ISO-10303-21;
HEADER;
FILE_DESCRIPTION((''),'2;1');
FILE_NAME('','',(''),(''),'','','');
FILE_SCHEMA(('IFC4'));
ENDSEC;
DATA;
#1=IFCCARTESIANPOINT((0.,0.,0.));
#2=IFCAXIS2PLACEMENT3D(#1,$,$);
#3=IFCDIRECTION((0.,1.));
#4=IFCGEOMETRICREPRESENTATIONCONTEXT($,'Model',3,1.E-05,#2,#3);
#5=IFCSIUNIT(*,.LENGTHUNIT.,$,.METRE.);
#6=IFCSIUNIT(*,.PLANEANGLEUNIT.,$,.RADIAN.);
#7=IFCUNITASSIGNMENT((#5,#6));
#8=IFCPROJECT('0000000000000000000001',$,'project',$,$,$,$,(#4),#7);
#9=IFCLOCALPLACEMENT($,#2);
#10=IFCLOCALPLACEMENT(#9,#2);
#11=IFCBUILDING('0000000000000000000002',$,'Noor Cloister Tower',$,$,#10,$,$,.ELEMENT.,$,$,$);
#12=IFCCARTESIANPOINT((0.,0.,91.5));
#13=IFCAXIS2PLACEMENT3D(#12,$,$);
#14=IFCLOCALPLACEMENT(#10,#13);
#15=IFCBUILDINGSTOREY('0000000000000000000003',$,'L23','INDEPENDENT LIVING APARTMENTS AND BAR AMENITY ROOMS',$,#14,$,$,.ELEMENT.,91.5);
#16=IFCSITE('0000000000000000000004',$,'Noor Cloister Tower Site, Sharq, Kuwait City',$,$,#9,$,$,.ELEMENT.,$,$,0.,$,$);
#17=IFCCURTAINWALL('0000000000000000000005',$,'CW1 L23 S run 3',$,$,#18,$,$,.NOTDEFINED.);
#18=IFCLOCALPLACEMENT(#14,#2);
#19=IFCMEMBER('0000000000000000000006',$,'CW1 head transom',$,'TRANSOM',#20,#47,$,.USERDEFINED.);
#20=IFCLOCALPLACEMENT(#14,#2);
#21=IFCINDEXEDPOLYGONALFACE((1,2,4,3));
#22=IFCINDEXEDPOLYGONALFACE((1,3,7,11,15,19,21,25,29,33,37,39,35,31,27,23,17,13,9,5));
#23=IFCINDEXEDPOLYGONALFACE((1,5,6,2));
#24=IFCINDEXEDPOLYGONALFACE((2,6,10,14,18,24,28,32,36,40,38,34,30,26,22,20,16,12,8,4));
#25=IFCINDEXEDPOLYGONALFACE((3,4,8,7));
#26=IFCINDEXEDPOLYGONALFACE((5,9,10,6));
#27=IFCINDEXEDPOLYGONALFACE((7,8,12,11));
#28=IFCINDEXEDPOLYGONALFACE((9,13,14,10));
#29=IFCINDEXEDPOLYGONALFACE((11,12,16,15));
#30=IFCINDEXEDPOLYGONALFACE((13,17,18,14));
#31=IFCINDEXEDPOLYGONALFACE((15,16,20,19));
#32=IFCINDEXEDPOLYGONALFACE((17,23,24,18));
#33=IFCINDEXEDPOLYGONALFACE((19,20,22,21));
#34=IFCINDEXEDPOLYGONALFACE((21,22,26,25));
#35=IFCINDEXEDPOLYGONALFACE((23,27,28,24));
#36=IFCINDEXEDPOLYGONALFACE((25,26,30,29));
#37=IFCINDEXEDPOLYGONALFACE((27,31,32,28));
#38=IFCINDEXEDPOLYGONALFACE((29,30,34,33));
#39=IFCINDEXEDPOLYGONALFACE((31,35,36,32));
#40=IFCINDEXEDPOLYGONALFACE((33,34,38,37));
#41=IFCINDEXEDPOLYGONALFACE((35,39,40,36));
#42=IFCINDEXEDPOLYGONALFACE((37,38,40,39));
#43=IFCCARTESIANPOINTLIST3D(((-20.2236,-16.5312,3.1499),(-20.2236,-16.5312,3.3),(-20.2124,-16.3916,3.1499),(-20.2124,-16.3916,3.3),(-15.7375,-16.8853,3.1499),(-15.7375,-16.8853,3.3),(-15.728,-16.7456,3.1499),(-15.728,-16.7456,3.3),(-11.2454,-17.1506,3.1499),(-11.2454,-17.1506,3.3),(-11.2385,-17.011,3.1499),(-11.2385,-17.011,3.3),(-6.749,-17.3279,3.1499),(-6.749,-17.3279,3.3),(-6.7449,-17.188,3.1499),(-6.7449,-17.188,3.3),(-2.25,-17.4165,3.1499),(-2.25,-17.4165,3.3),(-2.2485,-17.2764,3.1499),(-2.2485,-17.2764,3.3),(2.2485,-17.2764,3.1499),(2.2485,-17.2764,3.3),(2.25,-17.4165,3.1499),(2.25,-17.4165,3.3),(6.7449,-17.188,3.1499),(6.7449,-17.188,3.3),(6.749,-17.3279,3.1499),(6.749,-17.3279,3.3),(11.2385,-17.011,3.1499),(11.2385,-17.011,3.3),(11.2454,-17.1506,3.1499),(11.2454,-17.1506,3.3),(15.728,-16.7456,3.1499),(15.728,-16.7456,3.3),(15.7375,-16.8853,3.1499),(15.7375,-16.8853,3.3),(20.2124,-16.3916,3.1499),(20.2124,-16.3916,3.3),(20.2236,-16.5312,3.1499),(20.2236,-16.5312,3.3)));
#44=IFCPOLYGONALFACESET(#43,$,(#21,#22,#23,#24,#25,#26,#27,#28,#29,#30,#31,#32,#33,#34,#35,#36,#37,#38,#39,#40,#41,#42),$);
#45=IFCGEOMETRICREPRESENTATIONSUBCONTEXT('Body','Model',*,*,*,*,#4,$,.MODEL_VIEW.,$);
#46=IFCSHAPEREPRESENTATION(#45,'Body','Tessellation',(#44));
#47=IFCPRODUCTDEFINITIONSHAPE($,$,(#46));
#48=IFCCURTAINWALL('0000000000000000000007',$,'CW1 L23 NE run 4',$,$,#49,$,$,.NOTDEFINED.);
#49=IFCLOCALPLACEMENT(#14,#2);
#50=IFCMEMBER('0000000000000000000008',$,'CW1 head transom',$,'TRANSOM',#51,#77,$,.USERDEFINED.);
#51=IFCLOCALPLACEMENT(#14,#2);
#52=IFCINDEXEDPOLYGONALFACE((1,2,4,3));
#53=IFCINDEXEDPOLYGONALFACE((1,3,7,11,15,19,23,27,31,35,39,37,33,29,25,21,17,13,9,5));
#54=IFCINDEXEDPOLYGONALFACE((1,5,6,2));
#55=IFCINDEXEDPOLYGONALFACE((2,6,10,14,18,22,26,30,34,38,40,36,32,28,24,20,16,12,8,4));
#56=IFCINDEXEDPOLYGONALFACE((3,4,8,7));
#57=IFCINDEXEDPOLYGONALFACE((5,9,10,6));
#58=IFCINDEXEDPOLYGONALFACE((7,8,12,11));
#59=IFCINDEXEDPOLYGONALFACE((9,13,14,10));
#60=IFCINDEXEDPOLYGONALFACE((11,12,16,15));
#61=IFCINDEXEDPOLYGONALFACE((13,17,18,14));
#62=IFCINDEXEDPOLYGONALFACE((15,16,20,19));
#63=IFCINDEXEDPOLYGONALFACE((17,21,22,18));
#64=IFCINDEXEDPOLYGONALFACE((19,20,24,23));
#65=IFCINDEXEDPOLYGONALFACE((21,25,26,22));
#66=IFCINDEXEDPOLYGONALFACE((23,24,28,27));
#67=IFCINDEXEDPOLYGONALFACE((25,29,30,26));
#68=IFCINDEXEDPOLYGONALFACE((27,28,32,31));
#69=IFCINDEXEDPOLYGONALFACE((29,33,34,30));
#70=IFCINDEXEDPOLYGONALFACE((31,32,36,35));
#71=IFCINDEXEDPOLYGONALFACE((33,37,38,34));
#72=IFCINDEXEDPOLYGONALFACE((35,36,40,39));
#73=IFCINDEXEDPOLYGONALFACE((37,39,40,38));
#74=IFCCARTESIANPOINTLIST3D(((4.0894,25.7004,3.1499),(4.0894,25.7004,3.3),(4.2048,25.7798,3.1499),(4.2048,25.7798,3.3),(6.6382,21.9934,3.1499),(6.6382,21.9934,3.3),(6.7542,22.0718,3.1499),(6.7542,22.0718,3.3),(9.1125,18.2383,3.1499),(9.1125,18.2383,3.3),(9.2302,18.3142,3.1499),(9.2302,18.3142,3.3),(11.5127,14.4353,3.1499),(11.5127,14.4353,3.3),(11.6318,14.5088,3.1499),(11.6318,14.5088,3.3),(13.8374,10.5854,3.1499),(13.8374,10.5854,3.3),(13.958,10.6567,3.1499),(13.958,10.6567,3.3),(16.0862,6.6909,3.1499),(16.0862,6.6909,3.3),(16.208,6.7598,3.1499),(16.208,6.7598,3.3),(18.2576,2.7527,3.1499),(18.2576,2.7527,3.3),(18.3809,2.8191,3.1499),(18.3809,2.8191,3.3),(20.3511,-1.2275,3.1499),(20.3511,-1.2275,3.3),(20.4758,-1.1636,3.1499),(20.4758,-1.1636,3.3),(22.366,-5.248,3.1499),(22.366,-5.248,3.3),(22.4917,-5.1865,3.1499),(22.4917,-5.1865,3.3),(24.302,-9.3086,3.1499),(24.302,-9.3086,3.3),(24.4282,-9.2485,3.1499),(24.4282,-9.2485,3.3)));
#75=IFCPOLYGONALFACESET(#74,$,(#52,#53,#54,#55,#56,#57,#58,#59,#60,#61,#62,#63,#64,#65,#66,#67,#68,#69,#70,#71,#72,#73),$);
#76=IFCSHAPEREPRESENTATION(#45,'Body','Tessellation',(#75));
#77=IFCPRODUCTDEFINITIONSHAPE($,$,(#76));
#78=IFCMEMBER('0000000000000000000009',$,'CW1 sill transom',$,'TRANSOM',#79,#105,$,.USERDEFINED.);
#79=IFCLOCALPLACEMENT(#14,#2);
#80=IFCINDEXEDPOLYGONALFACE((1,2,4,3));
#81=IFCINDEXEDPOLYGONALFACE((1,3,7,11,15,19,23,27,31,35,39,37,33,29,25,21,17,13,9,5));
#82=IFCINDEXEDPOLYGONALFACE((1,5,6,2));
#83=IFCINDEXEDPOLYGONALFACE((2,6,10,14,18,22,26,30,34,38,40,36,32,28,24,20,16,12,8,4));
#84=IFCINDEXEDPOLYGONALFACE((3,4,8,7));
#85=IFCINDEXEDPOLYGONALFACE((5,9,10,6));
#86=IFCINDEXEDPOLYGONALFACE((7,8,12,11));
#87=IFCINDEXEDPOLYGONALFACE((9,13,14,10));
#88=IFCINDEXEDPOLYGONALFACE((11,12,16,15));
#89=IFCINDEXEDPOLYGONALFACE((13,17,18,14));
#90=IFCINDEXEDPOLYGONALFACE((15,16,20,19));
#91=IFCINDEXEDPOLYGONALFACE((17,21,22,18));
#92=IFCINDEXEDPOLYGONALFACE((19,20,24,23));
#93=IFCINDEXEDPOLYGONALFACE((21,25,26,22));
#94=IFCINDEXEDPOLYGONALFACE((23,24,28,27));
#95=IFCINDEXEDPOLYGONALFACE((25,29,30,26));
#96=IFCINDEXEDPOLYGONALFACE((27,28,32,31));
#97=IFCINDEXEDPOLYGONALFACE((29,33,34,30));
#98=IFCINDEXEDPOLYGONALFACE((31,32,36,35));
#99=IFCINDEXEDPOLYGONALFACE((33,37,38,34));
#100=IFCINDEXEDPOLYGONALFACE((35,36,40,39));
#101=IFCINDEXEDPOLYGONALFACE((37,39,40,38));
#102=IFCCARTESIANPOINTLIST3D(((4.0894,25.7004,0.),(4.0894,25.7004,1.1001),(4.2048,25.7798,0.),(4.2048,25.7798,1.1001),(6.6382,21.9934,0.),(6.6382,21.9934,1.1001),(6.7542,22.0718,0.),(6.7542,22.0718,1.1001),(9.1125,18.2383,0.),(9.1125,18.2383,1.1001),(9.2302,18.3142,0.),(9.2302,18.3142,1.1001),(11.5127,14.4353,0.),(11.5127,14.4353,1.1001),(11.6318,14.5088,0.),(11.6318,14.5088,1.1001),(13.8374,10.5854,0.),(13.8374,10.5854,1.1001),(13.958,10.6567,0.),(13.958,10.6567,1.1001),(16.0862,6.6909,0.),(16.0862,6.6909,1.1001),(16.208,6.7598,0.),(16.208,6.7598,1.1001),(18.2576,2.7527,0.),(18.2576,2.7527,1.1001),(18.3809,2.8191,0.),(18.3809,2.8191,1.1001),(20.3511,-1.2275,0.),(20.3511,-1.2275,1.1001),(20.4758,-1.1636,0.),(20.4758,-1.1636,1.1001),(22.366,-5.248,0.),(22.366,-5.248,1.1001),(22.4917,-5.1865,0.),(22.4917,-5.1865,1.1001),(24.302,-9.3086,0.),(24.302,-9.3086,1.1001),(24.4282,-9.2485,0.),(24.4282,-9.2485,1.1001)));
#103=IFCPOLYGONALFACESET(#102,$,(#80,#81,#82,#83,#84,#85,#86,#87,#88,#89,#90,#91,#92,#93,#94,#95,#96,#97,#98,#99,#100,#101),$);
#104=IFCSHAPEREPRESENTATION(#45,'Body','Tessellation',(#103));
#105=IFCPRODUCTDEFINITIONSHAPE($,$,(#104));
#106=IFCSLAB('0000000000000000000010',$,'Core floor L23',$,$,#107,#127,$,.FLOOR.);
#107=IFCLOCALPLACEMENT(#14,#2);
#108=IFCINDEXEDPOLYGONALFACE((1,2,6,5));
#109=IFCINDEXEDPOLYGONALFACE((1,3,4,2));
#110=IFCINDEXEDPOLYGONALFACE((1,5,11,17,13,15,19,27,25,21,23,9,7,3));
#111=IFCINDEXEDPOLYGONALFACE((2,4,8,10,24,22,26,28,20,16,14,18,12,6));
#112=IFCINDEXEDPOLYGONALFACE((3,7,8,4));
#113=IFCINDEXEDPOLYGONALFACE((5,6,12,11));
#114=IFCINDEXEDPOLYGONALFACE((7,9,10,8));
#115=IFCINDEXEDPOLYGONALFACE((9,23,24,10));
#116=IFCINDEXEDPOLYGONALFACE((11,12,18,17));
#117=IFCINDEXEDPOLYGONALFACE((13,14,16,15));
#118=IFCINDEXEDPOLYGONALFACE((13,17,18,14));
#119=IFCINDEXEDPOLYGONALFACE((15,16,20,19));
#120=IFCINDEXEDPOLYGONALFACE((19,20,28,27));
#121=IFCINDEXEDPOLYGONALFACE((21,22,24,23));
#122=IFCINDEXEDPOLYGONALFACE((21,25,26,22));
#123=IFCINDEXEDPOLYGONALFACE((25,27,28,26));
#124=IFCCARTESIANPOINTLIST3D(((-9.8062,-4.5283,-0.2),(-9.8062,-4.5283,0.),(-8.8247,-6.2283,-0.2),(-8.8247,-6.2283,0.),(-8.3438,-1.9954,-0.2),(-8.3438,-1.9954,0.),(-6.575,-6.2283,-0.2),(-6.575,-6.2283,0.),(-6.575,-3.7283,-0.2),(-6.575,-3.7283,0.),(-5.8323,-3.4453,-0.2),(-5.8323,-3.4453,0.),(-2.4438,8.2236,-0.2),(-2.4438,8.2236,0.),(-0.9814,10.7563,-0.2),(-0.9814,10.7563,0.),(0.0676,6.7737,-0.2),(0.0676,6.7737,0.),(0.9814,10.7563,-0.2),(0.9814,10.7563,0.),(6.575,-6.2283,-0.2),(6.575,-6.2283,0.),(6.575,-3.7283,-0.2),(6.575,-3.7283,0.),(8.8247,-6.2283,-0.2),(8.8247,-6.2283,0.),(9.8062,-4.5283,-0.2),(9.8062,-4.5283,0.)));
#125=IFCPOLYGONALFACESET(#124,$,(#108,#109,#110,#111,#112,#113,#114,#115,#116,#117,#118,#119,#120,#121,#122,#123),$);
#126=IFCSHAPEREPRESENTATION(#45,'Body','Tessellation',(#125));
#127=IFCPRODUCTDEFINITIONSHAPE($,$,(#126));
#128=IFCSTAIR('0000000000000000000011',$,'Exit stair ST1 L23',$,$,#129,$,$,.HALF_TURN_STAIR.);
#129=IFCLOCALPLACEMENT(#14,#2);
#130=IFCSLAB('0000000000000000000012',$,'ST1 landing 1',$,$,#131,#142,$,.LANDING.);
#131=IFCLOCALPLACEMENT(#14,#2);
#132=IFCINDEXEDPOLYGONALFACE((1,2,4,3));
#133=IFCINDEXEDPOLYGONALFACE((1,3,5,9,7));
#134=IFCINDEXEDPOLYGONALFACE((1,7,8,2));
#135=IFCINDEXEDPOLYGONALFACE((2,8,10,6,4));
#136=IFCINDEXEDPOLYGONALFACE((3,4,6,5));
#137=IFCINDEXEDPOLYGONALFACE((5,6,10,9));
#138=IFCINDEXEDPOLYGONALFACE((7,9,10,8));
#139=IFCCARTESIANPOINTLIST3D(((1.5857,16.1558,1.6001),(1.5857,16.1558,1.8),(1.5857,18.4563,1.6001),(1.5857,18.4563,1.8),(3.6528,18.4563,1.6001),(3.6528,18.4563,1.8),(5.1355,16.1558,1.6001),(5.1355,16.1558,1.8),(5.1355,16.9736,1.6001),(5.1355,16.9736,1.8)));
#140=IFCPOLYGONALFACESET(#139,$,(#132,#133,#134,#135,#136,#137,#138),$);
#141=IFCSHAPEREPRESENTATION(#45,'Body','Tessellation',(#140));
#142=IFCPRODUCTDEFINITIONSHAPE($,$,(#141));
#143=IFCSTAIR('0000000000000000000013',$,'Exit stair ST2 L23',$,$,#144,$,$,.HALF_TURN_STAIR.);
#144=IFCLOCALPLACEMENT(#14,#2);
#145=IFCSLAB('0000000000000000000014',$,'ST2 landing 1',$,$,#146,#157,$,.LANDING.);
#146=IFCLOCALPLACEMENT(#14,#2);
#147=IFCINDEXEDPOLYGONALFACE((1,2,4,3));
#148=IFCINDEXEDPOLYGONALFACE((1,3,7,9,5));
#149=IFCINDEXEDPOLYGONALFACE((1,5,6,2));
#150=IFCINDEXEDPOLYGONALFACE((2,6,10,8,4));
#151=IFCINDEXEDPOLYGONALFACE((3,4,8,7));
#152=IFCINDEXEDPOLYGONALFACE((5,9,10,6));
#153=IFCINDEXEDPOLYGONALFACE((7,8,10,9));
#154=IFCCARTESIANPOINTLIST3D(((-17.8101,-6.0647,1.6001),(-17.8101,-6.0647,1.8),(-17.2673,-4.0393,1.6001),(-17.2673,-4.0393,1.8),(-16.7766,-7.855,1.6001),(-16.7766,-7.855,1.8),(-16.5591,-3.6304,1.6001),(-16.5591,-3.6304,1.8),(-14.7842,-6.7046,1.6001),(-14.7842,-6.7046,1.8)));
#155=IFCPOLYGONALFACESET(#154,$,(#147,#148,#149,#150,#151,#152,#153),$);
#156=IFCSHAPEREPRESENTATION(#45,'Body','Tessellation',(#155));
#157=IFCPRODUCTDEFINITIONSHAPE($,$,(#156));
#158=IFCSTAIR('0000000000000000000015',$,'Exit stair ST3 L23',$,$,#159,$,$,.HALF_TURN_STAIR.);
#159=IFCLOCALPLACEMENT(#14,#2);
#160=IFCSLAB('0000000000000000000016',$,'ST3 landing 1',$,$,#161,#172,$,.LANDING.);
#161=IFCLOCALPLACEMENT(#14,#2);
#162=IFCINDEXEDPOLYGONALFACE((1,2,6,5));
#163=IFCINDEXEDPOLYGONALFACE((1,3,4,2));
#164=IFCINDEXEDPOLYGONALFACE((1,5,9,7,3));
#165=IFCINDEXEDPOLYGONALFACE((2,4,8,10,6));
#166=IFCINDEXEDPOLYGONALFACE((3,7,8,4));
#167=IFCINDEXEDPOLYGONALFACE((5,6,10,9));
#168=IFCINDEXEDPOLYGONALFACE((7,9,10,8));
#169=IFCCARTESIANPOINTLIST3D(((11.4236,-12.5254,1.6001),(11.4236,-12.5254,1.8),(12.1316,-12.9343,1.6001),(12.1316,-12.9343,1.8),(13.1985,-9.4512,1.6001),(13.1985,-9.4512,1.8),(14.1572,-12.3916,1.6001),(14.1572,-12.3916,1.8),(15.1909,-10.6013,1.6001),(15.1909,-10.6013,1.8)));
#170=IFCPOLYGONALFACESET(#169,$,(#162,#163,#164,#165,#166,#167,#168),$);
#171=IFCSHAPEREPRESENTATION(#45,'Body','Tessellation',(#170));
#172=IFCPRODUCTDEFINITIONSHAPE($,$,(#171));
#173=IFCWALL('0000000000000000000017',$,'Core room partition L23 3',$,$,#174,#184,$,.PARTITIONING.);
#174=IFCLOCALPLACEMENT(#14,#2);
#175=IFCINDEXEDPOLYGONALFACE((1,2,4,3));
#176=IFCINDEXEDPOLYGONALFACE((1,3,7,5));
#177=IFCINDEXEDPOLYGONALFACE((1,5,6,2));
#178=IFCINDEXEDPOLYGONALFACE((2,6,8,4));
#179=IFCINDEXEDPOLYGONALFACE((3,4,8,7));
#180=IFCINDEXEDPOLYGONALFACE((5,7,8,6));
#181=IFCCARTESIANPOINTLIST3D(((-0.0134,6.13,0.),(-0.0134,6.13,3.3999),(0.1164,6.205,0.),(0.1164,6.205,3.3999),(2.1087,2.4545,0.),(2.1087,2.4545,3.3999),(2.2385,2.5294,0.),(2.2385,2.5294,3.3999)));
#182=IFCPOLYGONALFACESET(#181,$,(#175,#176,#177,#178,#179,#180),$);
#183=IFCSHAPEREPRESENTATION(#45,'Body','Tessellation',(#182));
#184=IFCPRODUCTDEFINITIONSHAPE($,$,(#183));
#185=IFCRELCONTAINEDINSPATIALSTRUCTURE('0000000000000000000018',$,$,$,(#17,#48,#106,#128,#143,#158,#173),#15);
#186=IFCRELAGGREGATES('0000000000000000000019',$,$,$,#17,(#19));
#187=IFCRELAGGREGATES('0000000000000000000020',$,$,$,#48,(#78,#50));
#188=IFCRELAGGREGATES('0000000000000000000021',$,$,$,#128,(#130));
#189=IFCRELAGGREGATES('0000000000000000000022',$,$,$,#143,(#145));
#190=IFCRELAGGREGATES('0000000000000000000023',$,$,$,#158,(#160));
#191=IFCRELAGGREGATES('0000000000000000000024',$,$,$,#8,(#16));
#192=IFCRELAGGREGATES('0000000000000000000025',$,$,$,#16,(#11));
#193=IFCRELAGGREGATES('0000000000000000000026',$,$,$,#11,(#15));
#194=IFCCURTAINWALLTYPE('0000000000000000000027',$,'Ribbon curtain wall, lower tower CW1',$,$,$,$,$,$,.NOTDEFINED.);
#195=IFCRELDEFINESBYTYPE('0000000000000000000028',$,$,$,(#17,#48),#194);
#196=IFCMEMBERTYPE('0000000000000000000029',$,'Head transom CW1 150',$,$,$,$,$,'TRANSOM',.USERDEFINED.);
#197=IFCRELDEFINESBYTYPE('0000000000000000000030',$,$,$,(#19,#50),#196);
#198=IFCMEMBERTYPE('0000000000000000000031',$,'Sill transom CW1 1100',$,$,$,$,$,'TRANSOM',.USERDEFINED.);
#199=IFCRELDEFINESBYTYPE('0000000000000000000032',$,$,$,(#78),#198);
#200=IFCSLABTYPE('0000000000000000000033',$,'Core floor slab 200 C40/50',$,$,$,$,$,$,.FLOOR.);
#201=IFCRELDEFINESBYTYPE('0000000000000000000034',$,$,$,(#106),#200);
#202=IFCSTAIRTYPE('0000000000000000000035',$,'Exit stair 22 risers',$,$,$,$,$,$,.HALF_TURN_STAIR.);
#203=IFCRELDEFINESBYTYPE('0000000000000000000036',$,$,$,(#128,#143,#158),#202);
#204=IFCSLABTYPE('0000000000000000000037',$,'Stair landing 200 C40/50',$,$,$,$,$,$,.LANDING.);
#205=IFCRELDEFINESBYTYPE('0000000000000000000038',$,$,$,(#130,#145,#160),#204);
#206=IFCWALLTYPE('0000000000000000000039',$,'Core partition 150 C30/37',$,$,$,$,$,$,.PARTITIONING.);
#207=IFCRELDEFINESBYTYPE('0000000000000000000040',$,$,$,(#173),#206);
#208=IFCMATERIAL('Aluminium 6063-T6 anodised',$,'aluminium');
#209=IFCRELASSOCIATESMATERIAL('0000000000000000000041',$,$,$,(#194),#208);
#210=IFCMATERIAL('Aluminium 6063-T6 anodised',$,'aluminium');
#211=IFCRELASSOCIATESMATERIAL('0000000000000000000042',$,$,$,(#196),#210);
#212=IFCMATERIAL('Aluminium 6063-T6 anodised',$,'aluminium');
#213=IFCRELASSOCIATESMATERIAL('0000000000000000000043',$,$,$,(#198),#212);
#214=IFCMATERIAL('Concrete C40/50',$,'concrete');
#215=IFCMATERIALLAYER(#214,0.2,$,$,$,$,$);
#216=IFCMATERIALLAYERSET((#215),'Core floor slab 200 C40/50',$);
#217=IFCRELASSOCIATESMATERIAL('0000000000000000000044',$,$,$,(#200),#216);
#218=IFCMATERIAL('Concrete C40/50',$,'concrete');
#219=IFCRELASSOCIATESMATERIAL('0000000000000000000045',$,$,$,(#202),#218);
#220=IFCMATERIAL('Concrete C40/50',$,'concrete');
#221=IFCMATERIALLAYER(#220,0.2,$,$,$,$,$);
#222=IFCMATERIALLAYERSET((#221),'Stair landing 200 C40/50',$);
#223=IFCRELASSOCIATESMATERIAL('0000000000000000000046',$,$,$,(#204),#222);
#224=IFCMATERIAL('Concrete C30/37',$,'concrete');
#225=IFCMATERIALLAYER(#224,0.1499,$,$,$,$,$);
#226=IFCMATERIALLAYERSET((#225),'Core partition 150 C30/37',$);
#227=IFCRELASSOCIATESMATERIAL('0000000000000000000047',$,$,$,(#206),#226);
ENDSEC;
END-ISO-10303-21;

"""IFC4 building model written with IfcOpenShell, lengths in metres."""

from ifc_helpers import new_model, si_unit, direction, frame, frame_2d, origin, place, context, subcontext, project, spatial, polyline, rectangle, outline, extrude, material, layer, layer_set, type_object, element, aggregate, save


model = new_model("IFC4")

# Units and contexts
model_context = context("Model", 3, precision=1e-05, world=origin(), true_north=direction((0.0, 1.0)))
body_context = subcontext(model_context, "Body", "Model", "MODEL_VIEW")
ifc_project = project(units=[si_unit("LENGTHUNIT", "METRE"), si_unit("PLANEANGLEUNIT", "RADIAN")], contexts=[model_context])

# Site, building, storey
site_placement = place(None, origin())
site = spatial("IfcSite", under=ifc_project, at=site_placement, Name="Noor Cloister Tower Site, Sharq, Kuwait City", CompositionType="ELEMENT", RefElevation=0.0)
building_placement = place(site_placement, origin())
building = spatial("IfcBuilding", under=site, at=building_placement, Name="Noor Cloister Tower", CompositionType="ELEMENT")
storey_placement = place(building_placement, frame((0.0, 0.0, 91.5)))
storey = spatial("IfcBuildingStorey", under=building, at=storey_placement, Name="L23", Description="INDEPENDENT LIVING APARTMENTS AND BAR AMENITY ROOMS", CompositionType="ELEMENT", Elevation=91.5)

# Curtain wall, member
ifc_material_1 = material(Name="Aluminium 6063-T6 anodised", Category="aluminium")
curtain_wall_type = type_object("IfcCurtainWallType", Name="Ribbon curtain wall, lower tower CW1", PredefinedType="NOTDEFINED", material=ifc_material_1)
curtain_wall_1_placement = place(storey_placement, origin())
curtain_wall_1 = element("IfcCurtainWall", 1, at=curtain_wall_1_placement, inside=storey, type_object=curtain_wall_type, Name="CW1 L23 S run 3", PredefinedType="NOTDEFINED")
ifc_material_2 = material(Name="Aluminium 6063-T6 anodised", Category="aluminium")
member_type_1 = type_object("IfcMemberType", Name="Head transom CW1 150", ElementType="TRANSOM", PredefinedType="USERDEFINED", material=ifc_material_2)
member_1_placement = place(storey_placement, frame((0.0, 0.0, 3.1499)))
member_1 = element("IfcMember", 2, at=member_1_placement, type_object=member_type_1, Name="CW1 head transom", ObjectType="TRANSOM", PredefinedType="USERDEFINED", context=body_context, shape_type="SweptSolid", body=[
    extrude(outline(polyline([(-20.2236, -16.5312), (-15.7375, -16.8853), (-11.2454, -17.1506), (-6.749, -17.3279), (-2.25, -17.4165), (2.25, -17.4165), (6.749, -17.3279), (11.2454, -17.1506), (15.7375, -16.8853), (20.2236, -16.5312), (20.2124, -16.3916), (15.728, -16.7456), (11.2385, -17.011), (6.7449, -17.188), (2.2485, -17.2764), (-2.2485, -17.2764), (-6.7449, -17.188), (-11.2385, -17.011), (-15.728, -16.7456), (-20.2124, -16.3916), (-20.2236, -16.5312)])), origin(), (0.0, 0.0, 1.0), 0.1501),
])
aggregate(curtain_wall_1, [member_1])

# Curtain wall, members
curtain_wall_2_placement = place(storey_placement, origin())
curtain_wall_2 = element("IfcCurtainWall", 3, at=curtain_wall_2_placement, inside=storey, type_object=curtain_wall_type, Name="CW1 L23 NE run 4", PredefinedType="NOTDEFINED")
member_2_placement = place(storey_placement, frame((0.0, 0.0, 3.1499)))
member_2 = element("IfcMember", 4, at=member_2_placement, type_object=member_type_1, Name="CW1 head transom", ObjectType="TRANSOM", PredefinedType="USERDEFINED", context=body_context, shape_type="SweptSolid", body=[
    extrude(outline(polyline([(24.4282, -9.2485), (22.4917, -5.1865), (20.4758, -1.1636), (18.3809, 2.8191), (16.208, 6.7598), (13.958, 10.6567), (11.6318, 14.5088), (9.2302, 18.3142), (6.7542, 22.0718), (4.2048, 25.7798), (4.0894, 25.7004), (6.6382, 21.9934), (9.1125, 18.2383), (11.5127, 14.4353), (13.8374, 10.5854), (16.0862, 6.6909), (18.2576, 2.7527), (20.3511, -1.2275), (22.366, -5.248), (24.302, -9.3086), (24.4282, -9.2485)])), origin(), (0.0, 0.0, 1.0), 0.1501),
])
ifc_material_3 = material(Name="Aluminium 6063-T6 anodised", Category="aluminium")
member_type_2 = type_object("IfcMemberType", Name="Sill transom CW1 1100", ElementType="TRANSOM", PredefinedType="USERDEFINED", material=ifc_material_3)
member_3_placement = place(storey_placement, origin())
member_3 = element("IfcMember", 5, at=member_3_placement, type_object=member_type_2, Name="CW1 sill transom", ObjectType="TRANSOM", PredefinedType="USERDEFINED", context=body_context, shape_type="SweptSolid", body=[
    extrude(outline(polyline([(24.4282, -9.2485), (22.4917, -5.1865), (20.4758, -1.1636), (18.3809, 2.8191), (16.208, 6.7598), (13.958, 10.6567), (11.6318, 14.5088), (9.2302, 18.3142), (6.7542, 22.0718), (4.2048, 25.7798), (4.0894, 25.7004), (6.6382, 21.9934), (9.1125, 18.2383), (11.5127, 14.4353), (13.8374, 10.5854), (16.0862, 6.6909), (18.2576, 2.7527), (20.3511, -1.2275), (22.366, -5.248), (24.302, -9.3086), (24.4282, -9.2485)])), origin(), (0.0, 0.0, 1.0), 1.1001),
])
aggregate(curtain_wall_2, [member_3, member_2])

# Slab
ifc_material_4 = material(Name="Concrete C40/50", Category="concrete")
ifc_layer_1 = layer(ifc_material_4, 0.2)
ifc_layer_set_1 = layer_set([ifc_layer_1], Name="Core floor slab 200 C40/50")
slab_type_1 = type_object("IfcSlabType", Name="Core floor slab 200 C40/50", PredefinedType="FLOOR", material=ifc_layer_set_1)
slab_1_placement = place(storey_placement, frame((0.0, 0.0, -0.2)))
element("IfcSlab", 6, at=slab_1_placement, inside=storey, type_object=slab_type_1, Name="Core floor L23", PredefinedType="FLOOR", context=body_context, shape_type="SweptSolid", body=[
    extrude(outline(polyline([(-6.575, -6.2283), (-6.575, -3.7283), (6.575, -3.7283), (6.575, -6.2283), (8.8247, -6.2283), (9.8062, -4.5283), (0.9814, 10.7563), (-0.9814, 10.7563), (-2.4438, 8.2236), (0.0676, 6.7737), (-5.8323, -3.4453), (-8.3438, -1.9954), (-9.8062, -4.5283), (-8.8247, -6.2283), (-6.575, -6.2283)])), origin(), (0.0, 0.0, 1.0), 0.2),
])

# Stairs, slabs
ifc_material_5 = material(Name="Concrete C40/50", Category="concrete")
stair_type = type_object("IfcStairType", Name="Exit stair 22 risers", PredefinedType="HALF_TURN_STAIR", material=ifc_material_5)
stair_1_placement = place(storey_placement, origin())
stair_1 = element("IfcStair", 7, at=stair_1_placement, inside=storey, type_object=stair_type, Name="Exit stair ST1 L23", PredefinedType="HALF_TURN_STAIR")
ifc_material_6 = material(Name="Concrete C40/50", Category="concrete")
ifc_layer_2 = layer(ifc_material_6, 0.2)
ifc_layer_set_2 = layer_set([ifc_layer_2], Name="Stair landing 200 C40/50")
slab_type_2 = type_object("IfcSlabType", Name="Stair landing 200 C40/50", PredefinedType="LANDING", material=ifc_layer_set_2)
slab_2_placement = place(storey_placement, frame((0.0, 0.0, 1.6001)))
slab_2 = element("IfcSlab", 8, at=slab_2_placement, type_object=slab_type_2, Name="ST1 landing 1", PredefinedType="LANDING", context=body_context, shape_type="SweptSolid", body=[
    extrude(outline(polyline([(5.1355, 16.1558), (5.1355, 16.9736), (3.6528, 18.4563), (1.5857, 18.4563), (1.5857, 16.1558), (5.1355, 16.1558)])), origin(), (0.0, 0.0, 1.0), 0.2),
])
aggregate(stair_1, [slab_2])
stair_2_placement = place(storey_placement, origin())
stair_2 = element("IfcStair", 9, at=stair_2_placement, inside=storey, type_object=stair_type, Name="Exit stair ST2 L23", PredefinedType="HALF_TURN_STAIR")
slab_3_placement = place(storey_placement, frame((0.0, 0.0, 1.6001)))
slab_3 = element("IfcSlab", 10, at=slab_3_placement, type_object=slab_type_2, Name="ST2 landing 1", PredefinedType="LANDING", context=body_context, shape_type="SweptSolid", body=[
    extrude(outline(polyline([(-16.5591, -3.6304), (-17.2673, -4.0393), (-17.8101, -6.0647), (-16.7766, -7.855), (-14.7842, -6.7046), (-16.5591, -3.6304)])), origin(), (0.0, 0.0, 1.0), 0.2),
])
aggregate(stair_2, [slab_3])
stair_3_placement = place(storey_placement, origin())
stair_3 = element("IfcStair", 11, at=stair_3_placement, inside=storey, type_object=stair_type, Name="Exit stair ST3 L23", PredefinedType="HALF_TURN_STAIR")
slab_4_placement = place(storey_placement, frame((0.0, 0.0, 1.6001)))
slab_4 = element("IfcSlab", 12, at=slab_4_placement, type_object=slab_type_2, Name="ST3 landing 1", PredefinedType="LANDING", context=body_context, shape_type="SweptSolid", body=[
    extrude(outline(polyline([(11.4236, -12.5254), (12.1316, -12.9343), (14.1572, -12.3916), (15.1909, -10.6013), (13.1985, -9.4512), (11.4236, -12.5254)])), origin(), (0.0, 0.0, 1.0), 0.2),
])
aggregate(stair_3, [slab_4])

# Wall
ifc_material_7 = material(Name="Concrete C30/37", Category="concrete")
ifc_layer_3 = layer(ifc_material_7, 0.1499)
ifc_layer_set_3 = layer_set([ifc_layer_3], Name="Core partition 150 C30/37")
wall_type_1 = type_object("IfcWallType", Name="Core partition 150 C30/37", PredefinedType="PARTITIONING", material=ifc_layer_set_3)
wall_1_placement = place(storey_placement, frame((2.1736, 2.4919, 0.0), z_axis=(0.0, 0.0, 1.0), x_axis=(-0.5, 0.866026, 0.0)))
element("IfcWall", 13, at=wall_1_placement, inside=storey, type_object=wall_type_1, Name="Core room partition L23 3", PredefinedType="PARTITIONING", context=body_context, shape_type="SweptSolid", body=[
    extrude(rectangle(XDim=4.2441, YDim=0.1499, at=frame_2d((2.1221, 0.0))), origin(), (0.0, 0.0, 1.0), 3.3999),
])

save(model, "model.ifc")
